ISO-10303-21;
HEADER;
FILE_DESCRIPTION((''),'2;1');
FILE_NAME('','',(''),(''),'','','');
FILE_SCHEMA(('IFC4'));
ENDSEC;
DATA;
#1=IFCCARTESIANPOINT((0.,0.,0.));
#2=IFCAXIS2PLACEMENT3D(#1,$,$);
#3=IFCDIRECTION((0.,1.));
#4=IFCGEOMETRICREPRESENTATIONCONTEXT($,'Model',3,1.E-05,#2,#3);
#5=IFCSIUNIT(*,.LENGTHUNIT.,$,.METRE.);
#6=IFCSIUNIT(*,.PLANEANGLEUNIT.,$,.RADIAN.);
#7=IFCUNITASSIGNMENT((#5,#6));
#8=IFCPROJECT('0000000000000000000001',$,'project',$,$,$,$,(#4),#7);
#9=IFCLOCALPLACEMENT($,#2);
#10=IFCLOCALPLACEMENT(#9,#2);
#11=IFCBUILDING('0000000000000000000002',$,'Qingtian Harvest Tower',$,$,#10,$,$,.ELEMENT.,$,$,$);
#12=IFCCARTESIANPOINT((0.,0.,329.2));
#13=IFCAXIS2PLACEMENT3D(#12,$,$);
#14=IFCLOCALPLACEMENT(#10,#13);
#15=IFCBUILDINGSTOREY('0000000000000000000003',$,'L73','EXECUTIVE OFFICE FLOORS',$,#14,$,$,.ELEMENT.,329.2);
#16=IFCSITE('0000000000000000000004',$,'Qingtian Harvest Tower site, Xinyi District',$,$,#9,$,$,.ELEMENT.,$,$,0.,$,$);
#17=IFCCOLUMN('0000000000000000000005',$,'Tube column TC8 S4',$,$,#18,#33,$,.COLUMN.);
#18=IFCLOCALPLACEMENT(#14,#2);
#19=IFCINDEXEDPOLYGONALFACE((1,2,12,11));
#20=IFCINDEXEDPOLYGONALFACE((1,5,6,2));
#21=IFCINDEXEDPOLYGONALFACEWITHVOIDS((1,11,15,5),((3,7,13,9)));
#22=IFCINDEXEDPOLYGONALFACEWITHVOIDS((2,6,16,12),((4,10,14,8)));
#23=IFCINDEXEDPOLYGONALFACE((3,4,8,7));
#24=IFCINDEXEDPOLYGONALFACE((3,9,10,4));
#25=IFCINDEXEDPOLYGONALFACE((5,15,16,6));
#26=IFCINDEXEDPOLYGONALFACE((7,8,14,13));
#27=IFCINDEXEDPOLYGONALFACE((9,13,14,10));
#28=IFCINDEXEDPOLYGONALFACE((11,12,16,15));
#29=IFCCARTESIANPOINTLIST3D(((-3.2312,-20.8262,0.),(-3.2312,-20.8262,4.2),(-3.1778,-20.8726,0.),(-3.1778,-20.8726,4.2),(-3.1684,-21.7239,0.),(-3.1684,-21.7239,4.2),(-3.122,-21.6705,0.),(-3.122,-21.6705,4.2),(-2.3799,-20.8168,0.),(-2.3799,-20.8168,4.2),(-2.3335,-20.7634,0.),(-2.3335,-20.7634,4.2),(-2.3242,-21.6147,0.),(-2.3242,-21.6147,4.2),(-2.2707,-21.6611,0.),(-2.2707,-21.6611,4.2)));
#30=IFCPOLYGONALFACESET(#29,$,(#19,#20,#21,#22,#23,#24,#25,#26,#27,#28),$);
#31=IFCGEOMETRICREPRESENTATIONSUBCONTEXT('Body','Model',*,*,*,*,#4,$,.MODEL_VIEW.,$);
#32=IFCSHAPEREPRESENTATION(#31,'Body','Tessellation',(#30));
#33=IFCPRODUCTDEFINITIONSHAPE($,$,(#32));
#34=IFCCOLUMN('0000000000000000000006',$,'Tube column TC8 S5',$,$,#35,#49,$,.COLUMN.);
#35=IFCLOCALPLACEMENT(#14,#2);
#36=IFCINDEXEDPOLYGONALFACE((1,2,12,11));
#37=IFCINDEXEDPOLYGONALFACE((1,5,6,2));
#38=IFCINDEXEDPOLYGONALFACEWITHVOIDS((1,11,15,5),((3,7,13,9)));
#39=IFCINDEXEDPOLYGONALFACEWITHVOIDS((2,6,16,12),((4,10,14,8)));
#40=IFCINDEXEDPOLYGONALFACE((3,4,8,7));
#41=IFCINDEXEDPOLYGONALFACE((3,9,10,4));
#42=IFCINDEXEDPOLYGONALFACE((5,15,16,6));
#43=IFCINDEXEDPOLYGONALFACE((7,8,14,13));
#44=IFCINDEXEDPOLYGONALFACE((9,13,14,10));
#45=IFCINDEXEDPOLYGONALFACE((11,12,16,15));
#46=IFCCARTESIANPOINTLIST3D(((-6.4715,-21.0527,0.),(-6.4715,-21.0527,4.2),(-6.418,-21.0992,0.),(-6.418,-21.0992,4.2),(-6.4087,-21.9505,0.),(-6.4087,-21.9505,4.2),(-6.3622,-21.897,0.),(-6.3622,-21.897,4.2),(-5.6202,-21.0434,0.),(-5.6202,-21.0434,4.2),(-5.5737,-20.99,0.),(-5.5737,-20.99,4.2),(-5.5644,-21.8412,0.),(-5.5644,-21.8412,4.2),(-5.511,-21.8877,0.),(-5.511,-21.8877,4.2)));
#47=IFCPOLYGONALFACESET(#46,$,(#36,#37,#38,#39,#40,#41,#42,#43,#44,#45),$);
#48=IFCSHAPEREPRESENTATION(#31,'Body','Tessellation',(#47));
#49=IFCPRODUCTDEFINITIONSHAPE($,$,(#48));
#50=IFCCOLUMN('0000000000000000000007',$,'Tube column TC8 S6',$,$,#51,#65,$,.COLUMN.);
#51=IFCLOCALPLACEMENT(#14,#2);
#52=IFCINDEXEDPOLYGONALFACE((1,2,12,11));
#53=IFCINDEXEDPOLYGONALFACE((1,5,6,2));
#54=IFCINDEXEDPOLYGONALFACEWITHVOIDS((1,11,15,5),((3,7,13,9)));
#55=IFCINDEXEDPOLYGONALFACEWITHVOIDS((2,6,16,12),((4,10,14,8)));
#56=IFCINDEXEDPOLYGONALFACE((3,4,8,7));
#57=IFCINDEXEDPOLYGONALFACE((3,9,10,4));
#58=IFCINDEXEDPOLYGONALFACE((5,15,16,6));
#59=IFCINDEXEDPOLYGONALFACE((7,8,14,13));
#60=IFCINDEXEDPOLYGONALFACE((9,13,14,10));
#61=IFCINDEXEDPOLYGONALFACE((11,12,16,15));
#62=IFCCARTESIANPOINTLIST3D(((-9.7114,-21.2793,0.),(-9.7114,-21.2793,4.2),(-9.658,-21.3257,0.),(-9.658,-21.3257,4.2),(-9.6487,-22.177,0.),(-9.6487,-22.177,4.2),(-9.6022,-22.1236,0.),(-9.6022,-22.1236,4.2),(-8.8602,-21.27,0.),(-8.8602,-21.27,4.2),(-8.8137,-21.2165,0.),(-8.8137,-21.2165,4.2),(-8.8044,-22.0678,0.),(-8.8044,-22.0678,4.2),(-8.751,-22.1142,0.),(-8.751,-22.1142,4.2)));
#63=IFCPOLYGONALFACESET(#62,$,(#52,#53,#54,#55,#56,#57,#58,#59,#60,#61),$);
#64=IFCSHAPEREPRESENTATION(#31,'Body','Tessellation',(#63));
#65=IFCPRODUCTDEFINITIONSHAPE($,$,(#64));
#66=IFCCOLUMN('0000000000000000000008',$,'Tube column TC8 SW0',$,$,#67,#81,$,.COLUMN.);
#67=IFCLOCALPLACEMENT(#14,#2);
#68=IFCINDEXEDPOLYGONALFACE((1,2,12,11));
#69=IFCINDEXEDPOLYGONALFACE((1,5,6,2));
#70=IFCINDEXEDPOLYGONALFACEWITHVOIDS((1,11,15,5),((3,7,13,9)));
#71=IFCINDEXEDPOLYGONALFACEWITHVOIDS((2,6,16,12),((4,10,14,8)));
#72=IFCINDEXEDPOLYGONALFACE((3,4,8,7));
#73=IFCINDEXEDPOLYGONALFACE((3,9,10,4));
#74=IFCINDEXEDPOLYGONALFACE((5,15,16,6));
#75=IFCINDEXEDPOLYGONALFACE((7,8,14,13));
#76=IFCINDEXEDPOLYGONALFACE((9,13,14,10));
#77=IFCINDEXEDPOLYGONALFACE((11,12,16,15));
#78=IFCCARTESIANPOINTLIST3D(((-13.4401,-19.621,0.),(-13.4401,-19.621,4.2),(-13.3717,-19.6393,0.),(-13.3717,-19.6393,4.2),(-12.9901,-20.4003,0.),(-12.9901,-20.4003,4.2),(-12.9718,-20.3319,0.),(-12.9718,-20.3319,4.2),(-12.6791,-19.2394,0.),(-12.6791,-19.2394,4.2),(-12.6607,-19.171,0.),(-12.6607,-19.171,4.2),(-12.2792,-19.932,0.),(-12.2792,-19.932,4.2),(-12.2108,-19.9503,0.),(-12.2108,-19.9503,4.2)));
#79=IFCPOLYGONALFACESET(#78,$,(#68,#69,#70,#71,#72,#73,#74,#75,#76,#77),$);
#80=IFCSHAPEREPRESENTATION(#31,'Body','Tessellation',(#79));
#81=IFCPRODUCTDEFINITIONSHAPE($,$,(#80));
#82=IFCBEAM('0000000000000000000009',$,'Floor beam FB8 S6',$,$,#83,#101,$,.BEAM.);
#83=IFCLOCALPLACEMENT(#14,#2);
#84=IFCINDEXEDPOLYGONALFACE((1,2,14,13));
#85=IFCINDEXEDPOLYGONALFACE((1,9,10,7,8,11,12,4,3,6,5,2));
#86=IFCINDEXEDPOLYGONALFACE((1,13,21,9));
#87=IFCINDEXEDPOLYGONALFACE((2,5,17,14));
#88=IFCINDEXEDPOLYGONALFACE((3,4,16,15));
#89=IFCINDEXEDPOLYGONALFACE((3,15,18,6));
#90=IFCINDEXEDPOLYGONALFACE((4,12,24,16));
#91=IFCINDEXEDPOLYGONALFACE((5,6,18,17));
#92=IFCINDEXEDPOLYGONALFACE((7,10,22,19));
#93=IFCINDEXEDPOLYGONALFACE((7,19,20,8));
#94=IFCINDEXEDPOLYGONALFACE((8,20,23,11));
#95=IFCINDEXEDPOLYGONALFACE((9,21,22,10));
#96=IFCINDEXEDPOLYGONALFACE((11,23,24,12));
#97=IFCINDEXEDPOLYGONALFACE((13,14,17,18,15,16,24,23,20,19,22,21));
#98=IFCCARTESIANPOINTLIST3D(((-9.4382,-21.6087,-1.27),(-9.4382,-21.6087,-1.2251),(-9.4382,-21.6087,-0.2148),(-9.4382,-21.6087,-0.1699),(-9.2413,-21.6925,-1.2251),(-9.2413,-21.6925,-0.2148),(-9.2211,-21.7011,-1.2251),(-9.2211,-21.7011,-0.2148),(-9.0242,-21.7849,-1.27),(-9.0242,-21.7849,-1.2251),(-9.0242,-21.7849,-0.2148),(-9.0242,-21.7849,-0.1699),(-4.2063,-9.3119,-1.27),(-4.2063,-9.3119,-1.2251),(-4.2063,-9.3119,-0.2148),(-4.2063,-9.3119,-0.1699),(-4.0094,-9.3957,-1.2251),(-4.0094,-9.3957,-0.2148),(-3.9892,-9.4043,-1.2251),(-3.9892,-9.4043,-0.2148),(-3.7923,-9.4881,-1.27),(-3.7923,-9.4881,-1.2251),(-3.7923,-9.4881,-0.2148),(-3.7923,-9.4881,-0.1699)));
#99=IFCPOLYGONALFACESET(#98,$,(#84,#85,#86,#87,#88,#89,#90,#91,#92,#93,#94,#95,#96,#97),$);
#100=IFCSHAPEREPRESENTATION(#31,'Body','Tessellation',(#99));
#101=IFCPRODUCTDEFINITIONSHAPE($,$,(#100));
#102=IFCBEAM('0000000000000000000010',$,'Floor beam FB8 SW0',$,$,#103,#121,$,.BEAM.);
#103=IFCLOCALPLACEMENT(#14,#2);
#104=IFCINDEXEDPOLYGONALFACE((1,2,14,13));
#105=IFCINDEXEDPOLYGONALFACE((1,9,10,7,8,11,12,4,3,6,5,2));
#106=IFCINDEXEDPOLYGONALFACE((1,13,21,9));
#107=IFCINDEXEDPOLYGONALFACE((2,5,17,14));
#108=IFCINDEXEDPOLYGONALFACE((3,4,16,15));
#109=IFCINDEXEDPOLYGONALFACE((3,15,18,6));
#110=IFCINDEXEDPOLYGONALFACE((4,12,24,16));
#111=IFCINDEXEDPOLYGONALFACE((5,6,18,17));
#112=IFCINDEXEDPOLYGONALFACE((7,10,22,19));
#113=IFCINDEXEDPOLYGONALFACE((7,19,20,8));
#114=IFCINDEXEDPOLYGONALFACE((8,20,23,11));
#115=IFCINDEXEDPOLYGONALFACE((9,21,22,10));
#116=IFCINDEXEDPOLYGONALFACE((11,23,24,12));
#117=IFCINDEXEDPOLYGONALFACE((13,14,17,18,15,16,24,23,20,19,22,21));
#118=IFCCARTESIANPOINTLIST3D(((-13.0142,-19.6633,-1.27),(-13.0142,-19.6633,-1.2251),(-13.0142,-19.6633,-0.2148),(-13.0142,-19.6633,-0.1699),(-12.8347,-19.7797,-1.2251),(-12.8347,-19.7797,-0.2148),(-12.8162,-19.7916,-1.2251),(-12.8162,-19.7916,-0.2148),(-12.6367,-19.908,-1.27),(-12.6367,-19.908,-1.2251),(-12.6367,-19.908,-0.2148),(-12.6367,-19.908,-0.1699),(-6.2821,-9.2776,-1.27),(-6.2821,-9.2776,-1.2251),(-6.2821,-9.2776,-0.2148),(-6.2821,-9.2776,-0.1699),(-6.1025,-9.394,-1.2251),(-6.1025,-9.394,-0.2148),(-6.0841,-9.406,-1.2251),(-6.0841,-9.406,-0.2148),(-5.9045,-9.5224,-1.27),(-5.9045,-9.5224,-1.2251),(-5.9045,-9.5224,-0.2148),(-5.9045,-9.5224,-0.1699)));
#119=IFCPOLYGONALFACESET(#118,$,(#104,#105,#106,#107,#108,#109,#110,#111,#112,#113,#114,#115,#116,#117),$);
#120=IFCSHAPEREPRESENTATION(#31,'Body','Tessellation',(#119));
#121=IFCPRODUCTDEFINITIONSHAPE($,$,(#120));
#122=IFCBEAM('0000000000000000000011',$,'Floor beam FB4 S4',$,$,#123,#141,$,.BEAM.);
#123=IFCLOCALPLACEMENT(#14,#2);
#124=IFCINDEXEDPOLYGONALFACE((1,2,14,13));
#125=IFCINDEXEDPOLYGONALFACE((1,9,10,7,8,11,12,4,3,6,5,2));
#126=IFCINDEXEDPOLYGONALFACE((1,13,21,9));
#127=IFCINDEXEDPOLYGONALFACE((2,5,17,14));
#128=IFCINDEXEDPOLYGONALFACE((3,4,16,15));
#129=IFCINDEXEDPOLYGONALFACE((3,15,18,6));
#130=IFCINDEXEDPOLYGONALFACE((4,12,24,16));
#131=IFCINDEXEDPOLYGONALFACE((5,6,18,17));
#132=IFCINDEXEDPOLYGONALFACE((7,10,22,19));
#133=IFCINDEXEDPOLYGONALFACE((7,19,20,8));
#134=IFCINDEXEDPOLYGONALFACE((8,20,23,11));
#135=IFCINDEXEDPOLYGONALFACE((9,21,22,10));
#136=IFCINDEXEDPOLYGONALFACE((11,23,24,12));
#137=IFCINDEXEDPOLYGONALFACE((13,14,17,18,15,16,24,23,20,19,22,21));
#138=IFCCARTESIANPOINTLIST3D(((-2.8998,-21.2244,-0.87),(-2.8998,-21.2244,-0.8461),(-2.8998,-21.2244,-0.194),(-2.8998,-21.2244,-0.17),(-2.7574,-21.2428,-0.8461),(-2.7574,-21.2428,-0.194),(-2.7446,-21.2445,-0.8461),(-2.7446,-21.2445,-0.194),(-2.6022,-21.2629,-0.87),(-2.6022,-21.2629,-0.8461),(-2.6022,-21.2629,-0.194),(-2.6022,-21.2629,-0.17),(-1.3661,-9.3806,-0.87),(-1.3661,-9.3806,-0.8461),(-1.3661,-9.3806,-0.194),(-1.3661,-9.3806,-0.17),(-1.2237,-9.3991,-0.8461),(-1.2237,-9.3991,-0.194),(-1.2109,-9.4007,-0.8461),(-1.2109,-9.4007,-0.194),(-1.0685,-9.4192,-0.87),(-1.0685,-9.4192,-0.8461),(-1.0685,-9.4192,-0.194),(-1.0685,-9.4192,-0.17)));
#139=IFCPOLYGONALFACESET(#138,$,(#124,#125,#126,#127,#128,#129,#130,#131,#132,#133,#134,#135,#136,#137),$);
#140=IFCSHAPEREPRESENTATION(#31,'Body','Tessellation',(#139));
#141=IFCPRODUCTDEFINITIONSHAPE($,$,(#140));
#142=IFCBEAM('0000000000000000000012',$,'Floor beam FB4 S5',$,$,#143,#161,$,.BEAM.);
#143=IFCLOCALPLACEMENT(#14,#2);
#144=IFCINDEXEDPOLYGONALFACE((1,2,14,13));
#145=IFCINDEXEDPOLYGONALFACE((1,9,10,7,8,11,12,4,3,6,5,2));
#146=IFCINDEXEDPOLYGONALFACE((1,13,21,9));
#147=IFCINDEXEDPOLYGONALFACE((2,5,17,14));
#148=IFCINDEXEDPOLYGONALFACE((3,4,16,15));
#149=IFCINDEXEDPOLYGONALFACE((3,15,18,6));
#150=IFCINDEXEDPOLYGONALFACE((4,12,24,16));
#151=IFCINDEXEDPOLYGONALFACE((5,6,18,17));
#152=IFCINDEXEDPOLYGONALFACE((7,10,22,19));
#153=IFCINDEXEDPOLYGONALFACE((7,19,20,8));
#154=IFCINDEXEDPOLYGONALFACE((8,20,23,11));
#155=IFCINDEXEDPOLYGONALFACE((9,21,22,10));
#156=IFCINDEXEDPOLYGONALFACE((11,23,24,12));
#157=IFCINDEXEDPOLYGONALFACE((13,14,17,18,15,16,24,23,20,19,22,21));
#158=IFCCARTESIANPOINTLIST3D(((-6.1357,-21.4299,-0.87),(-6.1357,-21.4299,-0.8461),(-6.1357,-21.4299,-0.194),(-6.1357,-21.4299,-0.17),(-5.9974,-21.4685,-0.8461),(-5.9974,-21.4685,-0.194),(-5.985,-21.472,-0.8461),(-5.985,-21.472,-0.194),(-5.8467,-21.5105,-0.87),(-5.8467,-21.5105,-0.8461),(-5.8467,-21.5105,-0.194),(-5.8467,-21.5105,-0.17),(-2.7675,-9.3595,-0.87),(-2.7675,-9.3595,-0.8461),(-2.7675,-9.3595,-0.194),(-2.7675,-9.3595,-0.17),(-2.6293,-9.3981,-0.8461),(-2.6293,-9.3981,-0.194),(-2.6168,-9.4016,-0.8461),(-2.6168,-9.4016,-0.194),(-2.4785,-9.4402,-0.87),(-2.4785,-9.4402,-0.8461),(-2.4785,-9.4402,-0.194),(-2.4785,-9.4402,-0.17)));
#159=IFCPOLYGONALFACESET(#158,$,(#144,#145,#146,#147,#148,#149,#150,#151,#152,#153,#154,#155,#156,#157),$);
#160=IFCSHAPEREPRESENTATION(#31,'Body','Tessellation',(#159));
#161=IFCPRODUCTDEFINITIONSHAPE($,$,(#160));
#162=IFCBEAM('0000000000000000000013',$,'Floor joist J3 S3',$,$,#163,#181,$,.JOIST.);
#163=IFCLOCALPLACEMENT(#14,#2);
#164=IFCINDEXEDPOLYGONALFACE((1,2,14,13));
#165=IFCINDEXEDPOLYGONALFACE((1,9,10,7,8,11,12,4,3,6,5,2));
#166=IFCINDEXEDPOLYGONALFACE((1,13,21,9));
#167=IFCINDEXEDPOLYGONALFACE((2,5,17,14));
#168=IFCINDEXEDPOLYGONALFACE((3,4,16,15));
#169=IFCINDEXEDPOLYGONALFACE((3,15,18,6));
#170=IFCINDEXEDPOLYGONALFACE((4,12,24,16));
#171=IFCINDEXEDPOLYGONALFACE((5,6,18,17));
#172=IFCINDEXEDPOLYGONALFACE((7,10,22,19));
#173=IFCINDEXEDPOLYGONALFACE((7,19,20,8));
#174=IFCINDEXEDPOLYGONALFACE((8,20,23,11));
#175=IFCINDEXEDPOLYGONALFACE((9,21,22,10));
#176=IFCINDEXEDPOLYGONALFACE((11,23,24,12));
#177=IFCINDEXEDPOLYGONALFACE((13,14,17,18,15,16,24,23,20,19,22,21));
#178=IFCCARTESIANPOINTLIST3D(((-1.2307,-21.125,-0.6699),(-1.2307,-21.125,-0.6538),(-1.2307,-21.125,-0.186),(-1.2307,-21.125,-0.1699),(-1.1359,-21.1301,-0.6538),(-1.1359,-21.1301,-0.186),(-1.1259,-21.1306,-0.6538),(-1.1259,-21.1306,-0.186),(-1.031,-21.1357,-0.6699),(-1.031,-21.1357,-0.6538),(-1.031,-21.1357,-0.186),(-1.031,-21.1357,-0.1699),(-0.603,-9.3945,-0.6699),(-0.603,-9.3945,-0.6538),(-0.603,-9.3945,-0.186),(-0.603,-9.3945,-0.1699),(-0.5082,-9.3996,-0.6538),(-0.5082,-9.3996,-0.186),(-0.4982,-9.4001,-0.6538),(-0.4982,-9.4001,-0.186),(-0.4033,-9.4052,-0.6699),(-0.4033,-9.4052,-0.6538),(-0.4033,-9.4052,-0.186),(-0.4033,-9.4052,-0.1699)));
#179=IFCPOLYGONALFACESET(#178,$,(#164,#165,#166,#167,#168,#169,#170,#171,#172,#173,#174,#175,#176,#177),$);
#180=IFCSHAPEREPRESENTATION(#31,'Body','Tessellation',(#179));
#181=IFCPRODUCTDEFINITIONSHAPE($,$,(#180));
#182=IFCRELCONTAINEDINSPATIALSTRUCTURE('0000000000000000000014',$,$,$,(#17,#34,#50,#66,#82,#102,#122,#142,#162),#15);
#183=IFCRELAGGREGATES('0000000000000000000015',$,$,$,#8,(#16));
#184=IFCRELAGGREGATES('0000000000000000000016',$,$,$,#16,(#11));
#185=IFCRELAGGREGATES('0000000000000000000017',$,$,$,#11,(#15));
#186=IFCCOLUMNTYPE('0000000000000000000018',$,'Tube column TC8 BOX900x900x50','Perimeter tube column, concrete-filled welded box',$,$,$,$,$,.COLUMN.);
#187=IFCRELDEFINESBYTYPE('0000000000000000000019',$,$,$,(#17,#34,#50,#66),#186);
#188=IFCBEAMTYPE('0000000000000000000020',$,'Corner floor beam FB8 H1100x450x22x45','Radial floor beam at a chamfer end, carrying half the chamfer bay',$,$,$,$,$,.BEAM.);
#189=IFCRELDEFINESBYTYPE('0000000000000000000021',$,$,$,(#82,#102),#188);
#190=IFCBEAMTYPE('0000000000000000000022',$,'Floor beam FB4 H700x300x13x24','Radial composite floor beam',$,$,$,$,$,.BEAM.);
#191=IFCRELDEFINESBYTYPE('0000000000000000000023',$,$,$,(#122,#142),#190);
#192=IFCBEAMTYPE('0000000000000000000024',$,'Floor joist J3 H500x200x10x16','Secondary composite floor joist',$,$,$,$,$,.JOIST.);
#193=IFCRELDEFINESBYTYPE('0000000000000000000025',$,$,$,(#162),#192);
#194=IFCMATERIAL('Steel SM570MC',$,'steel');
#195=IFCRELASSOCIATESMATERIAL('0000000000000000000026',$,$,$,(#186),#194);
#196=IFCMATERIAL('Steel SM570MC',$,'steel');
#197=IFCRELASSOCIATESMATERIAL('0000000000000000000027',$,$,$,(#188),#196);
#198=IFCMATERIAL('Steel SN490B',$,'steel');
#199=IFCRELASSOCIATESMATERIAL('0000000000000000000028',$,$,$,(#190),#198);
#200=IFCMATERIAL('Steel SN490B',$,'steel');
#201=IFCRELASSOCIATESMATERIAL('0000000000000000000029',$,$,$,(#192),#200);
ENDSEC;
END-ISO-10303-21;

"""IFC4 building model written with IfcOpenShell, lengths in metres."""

from ifc_helpers import new_model, si_unit, direction, frame, origin, origin_2d, place, context, subcontext, project, spatial, hollow_rectangle, i_section, extrude, material, material_profile, profile_set, type_object, element, save


model = new_model("IFC4")

# Units and contexts
model_context = context("Model", 3, precision=1e-05, world=origin(), true_north=direction((0.0, 1.0)))
body_context = subcontext(model_context, "Body", "Model", "MODEL_VIEW")
ifc_project = project(units=[si_unit("LENGTHUNIT", "METRE"), si_unit("PLANEANGLEUNIT", "RADIAN")], contexts=[model_context])

# Site, building, storey
site_placement = place(None, origin())
site = spatial("IfcSite", under=ifc_project, at=site_placement, Name="Qingtian Harvest Tower site, Xinyi District", CompositionType="ELEMENT", RefElevation=0.0)
building_placement = place(site_placement, origin())
building = spatial("IfcBuilding", under=site, at=building_placement, Name="Qingtian Harvest Tower", CompositionType="ELEMENT")
storey_placement = place(building_placement, frame((0.0, 0.0, 329.2)))
storey = spatial("IfcBuildingStorey", under=building, at=storey_placement, Name="L73", Description="EXECUTIVE OFFICE FLOORS", CompositionType="ELEMENT", Elevation=329.2)

# Columns
ifc_material_1 = material(Name="Steel SM570MC", Category="steel")
ifc_material_profile_1 = material_profile(ifc_material_1, hollow_rectangle(XDim=0.8999, YDim=0.8999, WallThickness=0.05, at=origin_2d()), Name="BOX900x900x50")
ifc_profile_set_1 = profile_set([ifc_material_profile_1], Name="Steel SM570MC")
column_type = type_object("IfcColumnType", Name="Tube column TC8 BOX900x900x50", Description="Perimeter tube column, concrete-filled welded box", PredefinedType="COLUMN", material=ifc_profile_set_1)
for number, where, z_axis, x_axis, name in (
    (1, (-2.751, -21.2437, 0.0), (0.0, 0.0, 1.0), (0.997564, 0.069756, 0.0), "Tube column TC8 S4"),
    (2, (-5.9912, -21.4702, 0.0), (0.0, 0.0, 1.0), (0.997564, 0.069756, 0.0), "Tube column TC8 S5"),
    (3, (-9.2312, -21.6968, 0.0), (0.0, 0.0, 1.0), (0.997564, 0.069756, 0.0), "Tube column TC8 S6"),
    (4, (-12.8254, -19.7856, 0.0), (0.0, 0.0, 1.0), (0.5, -0.866025, 0.0), "Tube column TC8 SW0"),
):
    element("IfcColumn", number, at=place(storey_placement, frame(where, z_axis=z_axis, x_axis=x_axis)), inside=storey, type_object=column_type, Name=name, PredefinedType="COLUMN", context=body_context, shape_type="SweptSolid", body=[
        extrude(hollow_rectangle(XDim=0.8999, YDim=0.8999, WallThickness=0.05, at=origin_2d()), origin(), (0.0, 0.0, 1.0), 4.2),
    ])

# Beams
ifc_material_2 = material(Name="Steel SM570MC", Category="steel")
ifc_material_profile_2 = material_profile(ifc_material_2, i_section(OverallWidth=0.45, OverallDepth=1.1001, WebThickness=0.022, FlangeThickness=0.0449, at=origin_2d()), Name="H1100x450x22x45")
ifc_profile_set_2 = profile_set([ifc_material_profile_2], Name="Steel SM570MC")
beam_type_1 = type_object("IfcBeamType", Name="Corner floor beam FB8 H1100x450x22x45", Description="Radial floor beam at a chamfer end, carrying half the chamfer bay", PredefinedType="BEAM", material=ifc_profile_set_2)
beam_1_placement = place(storey_placement, frame((-9.2312, -21.6968, -0.72), z_axis=(0.391506, 0.920176, 0.0), x_axis=(-0.920176, 0.391506, 0.0)))
element("IfcBeam", 5, at=beam_1_placement, inside=storey, type_object=beam_type_1, Name="Floor beam FB8 S6", PredefinedType="BEAM", context=body_context, shape_type="SweptSolid", body=[
    extrude(i_section(OverallWidth=0.45, OverallDepth=1.1001, WebThickness=0.022, FlangeThickness=0.0449, at=origin_2d()), origin(), (0.0, 0.0, 1.0), 13.3635),
])
beam_2_placement = place(storey_placement, frame((-12.8254, -19.7856, -0.72), z_axis=(0.543934, 0.839128, 0.0), x_axis=(-0.839128, 0.543934, 0.0)))
element("IfcBeam", 6, at=beam_2_placement, inside=storey, type_object=beam_type_1, Name="Floor beam FB8 SW0", PredefinedType="BEAM", context=body_context, shape_type="SweptSolid", body=[
    extrude(i_section(OverallWidth=0.45, OverallDepth=1.1001, WebThickness=0.022, FlangeThickness=0.0449, at=origin_2d()), origin(), (0.0, 0.0, 1.0), 12.3767),
])
ifc_material_3 = material(Name="Steel SN490B", Category="steel")
ifc_material_profile_3 = material_profile(ifc_material_3, i_section(OverallWidth=0.3, OverallDepth=0.7, WebThickness=0.0129, FlangeThickness=0.0239, at=origin_2d()), Name="H700x300x13x24")
ifc_profile_set_3 = profile_set([ifc_material_profile_3], Name="Steel SN490B")
beam_type_2 = type_object("IfcBeamType", Name="Floor beam FB4 H700x300x13x24", Description="Radial composite floor beam", PredefinedType="BEAM", material=ifc_profile_set_3)
beam_3_placement = place(storey_placement, frame((-2.751, -21.2437, -0.52), z_axis=(0.128421, 0.99172, 0.0), x_axis=(-0.99172, 0.128421, 0.0)))
element("IfcBeam", 7, at=beam_3_placement, inside=storey, type_object=beam_type_2, Name="Floor beam FB4 S4", PredefinedType="BEAM", context=body_context, shape_type="SweptSolid", body=[
    extrude(i_section(OverallWidth=0.3, OverallDepth=0.7, WebThickness=0.0129, FlangeThickness=0.0239, at=origin_2d()), origin(), (0.0, 0.0, 1.0), 11.9426),
])
beam_4_placement = place(storey_placement, frame((-5.9912, -21.4702, -0.52), z_axis=(0.268777, 0.963202, 0.0), x_axis=(-0.963202, 0.268777, 0.0)))
element("IfcBeam", 8, at=beam_4_placement, inside=storey, type_object=beam_type_2, Name="Floor beam FB4 S5", PredefinedType="BEAM", context=body_context, shape_type="SweptSolid", body=[
    extrude(i_section(OverallWidth=0.3, OverallDepth=0.7, WebThickness=0.0129, FlangeThickness=0.0239, at=origin_2d()), origin(), (0.0, 0.0, 1.0), 12.5315),
])
ifc_material_4 = material(Name="Steel SN490B", Category="steel")
ifc_material_profile_4 = material_profile(ifc_material_4, i_section(OverallWidth=0.2, OverallDepth=0.5, WebThickness=0.01, FlangeThickness=0.0161, at=origin_2d()), Name="H500x200x10x16")
ifc_profile_set_4 = profile_set([ifc_material_profile_4], Name="Steel SN490B")
beam_type_3 = type_object("IfcBeamType", Name="Floor joist J3 H500x200x10x16", Description="Secondary composite floor joist", PredefinedType="JOIST", material=ifc_profile_set_4)
beam_5_placement = place(storey_placement, frame((-1.1309, -21.1304, -0.4199), z_axis=(0.053433, 0.998571, 0.0), x_axis=(-0.998571, 0.053433, 0.0)))
element("IfcBeam", 9, at=beam_5_placement, inside=storey, type_object=beam_type_3, Name="Floor joist J3 S3", PredefinedType="JOIST", context=body_context, shape_type="SweptSolid", body=[
    extrude(i_section(OverallWidth=0.2, OverallDepth=0.5, WebThickness=0.01, FlangeThickness=0.0161, at=origin_2d()), origin(), (0.0, 0.0, 1.0), 11.7473),
])

save(model, "model.ifc")
